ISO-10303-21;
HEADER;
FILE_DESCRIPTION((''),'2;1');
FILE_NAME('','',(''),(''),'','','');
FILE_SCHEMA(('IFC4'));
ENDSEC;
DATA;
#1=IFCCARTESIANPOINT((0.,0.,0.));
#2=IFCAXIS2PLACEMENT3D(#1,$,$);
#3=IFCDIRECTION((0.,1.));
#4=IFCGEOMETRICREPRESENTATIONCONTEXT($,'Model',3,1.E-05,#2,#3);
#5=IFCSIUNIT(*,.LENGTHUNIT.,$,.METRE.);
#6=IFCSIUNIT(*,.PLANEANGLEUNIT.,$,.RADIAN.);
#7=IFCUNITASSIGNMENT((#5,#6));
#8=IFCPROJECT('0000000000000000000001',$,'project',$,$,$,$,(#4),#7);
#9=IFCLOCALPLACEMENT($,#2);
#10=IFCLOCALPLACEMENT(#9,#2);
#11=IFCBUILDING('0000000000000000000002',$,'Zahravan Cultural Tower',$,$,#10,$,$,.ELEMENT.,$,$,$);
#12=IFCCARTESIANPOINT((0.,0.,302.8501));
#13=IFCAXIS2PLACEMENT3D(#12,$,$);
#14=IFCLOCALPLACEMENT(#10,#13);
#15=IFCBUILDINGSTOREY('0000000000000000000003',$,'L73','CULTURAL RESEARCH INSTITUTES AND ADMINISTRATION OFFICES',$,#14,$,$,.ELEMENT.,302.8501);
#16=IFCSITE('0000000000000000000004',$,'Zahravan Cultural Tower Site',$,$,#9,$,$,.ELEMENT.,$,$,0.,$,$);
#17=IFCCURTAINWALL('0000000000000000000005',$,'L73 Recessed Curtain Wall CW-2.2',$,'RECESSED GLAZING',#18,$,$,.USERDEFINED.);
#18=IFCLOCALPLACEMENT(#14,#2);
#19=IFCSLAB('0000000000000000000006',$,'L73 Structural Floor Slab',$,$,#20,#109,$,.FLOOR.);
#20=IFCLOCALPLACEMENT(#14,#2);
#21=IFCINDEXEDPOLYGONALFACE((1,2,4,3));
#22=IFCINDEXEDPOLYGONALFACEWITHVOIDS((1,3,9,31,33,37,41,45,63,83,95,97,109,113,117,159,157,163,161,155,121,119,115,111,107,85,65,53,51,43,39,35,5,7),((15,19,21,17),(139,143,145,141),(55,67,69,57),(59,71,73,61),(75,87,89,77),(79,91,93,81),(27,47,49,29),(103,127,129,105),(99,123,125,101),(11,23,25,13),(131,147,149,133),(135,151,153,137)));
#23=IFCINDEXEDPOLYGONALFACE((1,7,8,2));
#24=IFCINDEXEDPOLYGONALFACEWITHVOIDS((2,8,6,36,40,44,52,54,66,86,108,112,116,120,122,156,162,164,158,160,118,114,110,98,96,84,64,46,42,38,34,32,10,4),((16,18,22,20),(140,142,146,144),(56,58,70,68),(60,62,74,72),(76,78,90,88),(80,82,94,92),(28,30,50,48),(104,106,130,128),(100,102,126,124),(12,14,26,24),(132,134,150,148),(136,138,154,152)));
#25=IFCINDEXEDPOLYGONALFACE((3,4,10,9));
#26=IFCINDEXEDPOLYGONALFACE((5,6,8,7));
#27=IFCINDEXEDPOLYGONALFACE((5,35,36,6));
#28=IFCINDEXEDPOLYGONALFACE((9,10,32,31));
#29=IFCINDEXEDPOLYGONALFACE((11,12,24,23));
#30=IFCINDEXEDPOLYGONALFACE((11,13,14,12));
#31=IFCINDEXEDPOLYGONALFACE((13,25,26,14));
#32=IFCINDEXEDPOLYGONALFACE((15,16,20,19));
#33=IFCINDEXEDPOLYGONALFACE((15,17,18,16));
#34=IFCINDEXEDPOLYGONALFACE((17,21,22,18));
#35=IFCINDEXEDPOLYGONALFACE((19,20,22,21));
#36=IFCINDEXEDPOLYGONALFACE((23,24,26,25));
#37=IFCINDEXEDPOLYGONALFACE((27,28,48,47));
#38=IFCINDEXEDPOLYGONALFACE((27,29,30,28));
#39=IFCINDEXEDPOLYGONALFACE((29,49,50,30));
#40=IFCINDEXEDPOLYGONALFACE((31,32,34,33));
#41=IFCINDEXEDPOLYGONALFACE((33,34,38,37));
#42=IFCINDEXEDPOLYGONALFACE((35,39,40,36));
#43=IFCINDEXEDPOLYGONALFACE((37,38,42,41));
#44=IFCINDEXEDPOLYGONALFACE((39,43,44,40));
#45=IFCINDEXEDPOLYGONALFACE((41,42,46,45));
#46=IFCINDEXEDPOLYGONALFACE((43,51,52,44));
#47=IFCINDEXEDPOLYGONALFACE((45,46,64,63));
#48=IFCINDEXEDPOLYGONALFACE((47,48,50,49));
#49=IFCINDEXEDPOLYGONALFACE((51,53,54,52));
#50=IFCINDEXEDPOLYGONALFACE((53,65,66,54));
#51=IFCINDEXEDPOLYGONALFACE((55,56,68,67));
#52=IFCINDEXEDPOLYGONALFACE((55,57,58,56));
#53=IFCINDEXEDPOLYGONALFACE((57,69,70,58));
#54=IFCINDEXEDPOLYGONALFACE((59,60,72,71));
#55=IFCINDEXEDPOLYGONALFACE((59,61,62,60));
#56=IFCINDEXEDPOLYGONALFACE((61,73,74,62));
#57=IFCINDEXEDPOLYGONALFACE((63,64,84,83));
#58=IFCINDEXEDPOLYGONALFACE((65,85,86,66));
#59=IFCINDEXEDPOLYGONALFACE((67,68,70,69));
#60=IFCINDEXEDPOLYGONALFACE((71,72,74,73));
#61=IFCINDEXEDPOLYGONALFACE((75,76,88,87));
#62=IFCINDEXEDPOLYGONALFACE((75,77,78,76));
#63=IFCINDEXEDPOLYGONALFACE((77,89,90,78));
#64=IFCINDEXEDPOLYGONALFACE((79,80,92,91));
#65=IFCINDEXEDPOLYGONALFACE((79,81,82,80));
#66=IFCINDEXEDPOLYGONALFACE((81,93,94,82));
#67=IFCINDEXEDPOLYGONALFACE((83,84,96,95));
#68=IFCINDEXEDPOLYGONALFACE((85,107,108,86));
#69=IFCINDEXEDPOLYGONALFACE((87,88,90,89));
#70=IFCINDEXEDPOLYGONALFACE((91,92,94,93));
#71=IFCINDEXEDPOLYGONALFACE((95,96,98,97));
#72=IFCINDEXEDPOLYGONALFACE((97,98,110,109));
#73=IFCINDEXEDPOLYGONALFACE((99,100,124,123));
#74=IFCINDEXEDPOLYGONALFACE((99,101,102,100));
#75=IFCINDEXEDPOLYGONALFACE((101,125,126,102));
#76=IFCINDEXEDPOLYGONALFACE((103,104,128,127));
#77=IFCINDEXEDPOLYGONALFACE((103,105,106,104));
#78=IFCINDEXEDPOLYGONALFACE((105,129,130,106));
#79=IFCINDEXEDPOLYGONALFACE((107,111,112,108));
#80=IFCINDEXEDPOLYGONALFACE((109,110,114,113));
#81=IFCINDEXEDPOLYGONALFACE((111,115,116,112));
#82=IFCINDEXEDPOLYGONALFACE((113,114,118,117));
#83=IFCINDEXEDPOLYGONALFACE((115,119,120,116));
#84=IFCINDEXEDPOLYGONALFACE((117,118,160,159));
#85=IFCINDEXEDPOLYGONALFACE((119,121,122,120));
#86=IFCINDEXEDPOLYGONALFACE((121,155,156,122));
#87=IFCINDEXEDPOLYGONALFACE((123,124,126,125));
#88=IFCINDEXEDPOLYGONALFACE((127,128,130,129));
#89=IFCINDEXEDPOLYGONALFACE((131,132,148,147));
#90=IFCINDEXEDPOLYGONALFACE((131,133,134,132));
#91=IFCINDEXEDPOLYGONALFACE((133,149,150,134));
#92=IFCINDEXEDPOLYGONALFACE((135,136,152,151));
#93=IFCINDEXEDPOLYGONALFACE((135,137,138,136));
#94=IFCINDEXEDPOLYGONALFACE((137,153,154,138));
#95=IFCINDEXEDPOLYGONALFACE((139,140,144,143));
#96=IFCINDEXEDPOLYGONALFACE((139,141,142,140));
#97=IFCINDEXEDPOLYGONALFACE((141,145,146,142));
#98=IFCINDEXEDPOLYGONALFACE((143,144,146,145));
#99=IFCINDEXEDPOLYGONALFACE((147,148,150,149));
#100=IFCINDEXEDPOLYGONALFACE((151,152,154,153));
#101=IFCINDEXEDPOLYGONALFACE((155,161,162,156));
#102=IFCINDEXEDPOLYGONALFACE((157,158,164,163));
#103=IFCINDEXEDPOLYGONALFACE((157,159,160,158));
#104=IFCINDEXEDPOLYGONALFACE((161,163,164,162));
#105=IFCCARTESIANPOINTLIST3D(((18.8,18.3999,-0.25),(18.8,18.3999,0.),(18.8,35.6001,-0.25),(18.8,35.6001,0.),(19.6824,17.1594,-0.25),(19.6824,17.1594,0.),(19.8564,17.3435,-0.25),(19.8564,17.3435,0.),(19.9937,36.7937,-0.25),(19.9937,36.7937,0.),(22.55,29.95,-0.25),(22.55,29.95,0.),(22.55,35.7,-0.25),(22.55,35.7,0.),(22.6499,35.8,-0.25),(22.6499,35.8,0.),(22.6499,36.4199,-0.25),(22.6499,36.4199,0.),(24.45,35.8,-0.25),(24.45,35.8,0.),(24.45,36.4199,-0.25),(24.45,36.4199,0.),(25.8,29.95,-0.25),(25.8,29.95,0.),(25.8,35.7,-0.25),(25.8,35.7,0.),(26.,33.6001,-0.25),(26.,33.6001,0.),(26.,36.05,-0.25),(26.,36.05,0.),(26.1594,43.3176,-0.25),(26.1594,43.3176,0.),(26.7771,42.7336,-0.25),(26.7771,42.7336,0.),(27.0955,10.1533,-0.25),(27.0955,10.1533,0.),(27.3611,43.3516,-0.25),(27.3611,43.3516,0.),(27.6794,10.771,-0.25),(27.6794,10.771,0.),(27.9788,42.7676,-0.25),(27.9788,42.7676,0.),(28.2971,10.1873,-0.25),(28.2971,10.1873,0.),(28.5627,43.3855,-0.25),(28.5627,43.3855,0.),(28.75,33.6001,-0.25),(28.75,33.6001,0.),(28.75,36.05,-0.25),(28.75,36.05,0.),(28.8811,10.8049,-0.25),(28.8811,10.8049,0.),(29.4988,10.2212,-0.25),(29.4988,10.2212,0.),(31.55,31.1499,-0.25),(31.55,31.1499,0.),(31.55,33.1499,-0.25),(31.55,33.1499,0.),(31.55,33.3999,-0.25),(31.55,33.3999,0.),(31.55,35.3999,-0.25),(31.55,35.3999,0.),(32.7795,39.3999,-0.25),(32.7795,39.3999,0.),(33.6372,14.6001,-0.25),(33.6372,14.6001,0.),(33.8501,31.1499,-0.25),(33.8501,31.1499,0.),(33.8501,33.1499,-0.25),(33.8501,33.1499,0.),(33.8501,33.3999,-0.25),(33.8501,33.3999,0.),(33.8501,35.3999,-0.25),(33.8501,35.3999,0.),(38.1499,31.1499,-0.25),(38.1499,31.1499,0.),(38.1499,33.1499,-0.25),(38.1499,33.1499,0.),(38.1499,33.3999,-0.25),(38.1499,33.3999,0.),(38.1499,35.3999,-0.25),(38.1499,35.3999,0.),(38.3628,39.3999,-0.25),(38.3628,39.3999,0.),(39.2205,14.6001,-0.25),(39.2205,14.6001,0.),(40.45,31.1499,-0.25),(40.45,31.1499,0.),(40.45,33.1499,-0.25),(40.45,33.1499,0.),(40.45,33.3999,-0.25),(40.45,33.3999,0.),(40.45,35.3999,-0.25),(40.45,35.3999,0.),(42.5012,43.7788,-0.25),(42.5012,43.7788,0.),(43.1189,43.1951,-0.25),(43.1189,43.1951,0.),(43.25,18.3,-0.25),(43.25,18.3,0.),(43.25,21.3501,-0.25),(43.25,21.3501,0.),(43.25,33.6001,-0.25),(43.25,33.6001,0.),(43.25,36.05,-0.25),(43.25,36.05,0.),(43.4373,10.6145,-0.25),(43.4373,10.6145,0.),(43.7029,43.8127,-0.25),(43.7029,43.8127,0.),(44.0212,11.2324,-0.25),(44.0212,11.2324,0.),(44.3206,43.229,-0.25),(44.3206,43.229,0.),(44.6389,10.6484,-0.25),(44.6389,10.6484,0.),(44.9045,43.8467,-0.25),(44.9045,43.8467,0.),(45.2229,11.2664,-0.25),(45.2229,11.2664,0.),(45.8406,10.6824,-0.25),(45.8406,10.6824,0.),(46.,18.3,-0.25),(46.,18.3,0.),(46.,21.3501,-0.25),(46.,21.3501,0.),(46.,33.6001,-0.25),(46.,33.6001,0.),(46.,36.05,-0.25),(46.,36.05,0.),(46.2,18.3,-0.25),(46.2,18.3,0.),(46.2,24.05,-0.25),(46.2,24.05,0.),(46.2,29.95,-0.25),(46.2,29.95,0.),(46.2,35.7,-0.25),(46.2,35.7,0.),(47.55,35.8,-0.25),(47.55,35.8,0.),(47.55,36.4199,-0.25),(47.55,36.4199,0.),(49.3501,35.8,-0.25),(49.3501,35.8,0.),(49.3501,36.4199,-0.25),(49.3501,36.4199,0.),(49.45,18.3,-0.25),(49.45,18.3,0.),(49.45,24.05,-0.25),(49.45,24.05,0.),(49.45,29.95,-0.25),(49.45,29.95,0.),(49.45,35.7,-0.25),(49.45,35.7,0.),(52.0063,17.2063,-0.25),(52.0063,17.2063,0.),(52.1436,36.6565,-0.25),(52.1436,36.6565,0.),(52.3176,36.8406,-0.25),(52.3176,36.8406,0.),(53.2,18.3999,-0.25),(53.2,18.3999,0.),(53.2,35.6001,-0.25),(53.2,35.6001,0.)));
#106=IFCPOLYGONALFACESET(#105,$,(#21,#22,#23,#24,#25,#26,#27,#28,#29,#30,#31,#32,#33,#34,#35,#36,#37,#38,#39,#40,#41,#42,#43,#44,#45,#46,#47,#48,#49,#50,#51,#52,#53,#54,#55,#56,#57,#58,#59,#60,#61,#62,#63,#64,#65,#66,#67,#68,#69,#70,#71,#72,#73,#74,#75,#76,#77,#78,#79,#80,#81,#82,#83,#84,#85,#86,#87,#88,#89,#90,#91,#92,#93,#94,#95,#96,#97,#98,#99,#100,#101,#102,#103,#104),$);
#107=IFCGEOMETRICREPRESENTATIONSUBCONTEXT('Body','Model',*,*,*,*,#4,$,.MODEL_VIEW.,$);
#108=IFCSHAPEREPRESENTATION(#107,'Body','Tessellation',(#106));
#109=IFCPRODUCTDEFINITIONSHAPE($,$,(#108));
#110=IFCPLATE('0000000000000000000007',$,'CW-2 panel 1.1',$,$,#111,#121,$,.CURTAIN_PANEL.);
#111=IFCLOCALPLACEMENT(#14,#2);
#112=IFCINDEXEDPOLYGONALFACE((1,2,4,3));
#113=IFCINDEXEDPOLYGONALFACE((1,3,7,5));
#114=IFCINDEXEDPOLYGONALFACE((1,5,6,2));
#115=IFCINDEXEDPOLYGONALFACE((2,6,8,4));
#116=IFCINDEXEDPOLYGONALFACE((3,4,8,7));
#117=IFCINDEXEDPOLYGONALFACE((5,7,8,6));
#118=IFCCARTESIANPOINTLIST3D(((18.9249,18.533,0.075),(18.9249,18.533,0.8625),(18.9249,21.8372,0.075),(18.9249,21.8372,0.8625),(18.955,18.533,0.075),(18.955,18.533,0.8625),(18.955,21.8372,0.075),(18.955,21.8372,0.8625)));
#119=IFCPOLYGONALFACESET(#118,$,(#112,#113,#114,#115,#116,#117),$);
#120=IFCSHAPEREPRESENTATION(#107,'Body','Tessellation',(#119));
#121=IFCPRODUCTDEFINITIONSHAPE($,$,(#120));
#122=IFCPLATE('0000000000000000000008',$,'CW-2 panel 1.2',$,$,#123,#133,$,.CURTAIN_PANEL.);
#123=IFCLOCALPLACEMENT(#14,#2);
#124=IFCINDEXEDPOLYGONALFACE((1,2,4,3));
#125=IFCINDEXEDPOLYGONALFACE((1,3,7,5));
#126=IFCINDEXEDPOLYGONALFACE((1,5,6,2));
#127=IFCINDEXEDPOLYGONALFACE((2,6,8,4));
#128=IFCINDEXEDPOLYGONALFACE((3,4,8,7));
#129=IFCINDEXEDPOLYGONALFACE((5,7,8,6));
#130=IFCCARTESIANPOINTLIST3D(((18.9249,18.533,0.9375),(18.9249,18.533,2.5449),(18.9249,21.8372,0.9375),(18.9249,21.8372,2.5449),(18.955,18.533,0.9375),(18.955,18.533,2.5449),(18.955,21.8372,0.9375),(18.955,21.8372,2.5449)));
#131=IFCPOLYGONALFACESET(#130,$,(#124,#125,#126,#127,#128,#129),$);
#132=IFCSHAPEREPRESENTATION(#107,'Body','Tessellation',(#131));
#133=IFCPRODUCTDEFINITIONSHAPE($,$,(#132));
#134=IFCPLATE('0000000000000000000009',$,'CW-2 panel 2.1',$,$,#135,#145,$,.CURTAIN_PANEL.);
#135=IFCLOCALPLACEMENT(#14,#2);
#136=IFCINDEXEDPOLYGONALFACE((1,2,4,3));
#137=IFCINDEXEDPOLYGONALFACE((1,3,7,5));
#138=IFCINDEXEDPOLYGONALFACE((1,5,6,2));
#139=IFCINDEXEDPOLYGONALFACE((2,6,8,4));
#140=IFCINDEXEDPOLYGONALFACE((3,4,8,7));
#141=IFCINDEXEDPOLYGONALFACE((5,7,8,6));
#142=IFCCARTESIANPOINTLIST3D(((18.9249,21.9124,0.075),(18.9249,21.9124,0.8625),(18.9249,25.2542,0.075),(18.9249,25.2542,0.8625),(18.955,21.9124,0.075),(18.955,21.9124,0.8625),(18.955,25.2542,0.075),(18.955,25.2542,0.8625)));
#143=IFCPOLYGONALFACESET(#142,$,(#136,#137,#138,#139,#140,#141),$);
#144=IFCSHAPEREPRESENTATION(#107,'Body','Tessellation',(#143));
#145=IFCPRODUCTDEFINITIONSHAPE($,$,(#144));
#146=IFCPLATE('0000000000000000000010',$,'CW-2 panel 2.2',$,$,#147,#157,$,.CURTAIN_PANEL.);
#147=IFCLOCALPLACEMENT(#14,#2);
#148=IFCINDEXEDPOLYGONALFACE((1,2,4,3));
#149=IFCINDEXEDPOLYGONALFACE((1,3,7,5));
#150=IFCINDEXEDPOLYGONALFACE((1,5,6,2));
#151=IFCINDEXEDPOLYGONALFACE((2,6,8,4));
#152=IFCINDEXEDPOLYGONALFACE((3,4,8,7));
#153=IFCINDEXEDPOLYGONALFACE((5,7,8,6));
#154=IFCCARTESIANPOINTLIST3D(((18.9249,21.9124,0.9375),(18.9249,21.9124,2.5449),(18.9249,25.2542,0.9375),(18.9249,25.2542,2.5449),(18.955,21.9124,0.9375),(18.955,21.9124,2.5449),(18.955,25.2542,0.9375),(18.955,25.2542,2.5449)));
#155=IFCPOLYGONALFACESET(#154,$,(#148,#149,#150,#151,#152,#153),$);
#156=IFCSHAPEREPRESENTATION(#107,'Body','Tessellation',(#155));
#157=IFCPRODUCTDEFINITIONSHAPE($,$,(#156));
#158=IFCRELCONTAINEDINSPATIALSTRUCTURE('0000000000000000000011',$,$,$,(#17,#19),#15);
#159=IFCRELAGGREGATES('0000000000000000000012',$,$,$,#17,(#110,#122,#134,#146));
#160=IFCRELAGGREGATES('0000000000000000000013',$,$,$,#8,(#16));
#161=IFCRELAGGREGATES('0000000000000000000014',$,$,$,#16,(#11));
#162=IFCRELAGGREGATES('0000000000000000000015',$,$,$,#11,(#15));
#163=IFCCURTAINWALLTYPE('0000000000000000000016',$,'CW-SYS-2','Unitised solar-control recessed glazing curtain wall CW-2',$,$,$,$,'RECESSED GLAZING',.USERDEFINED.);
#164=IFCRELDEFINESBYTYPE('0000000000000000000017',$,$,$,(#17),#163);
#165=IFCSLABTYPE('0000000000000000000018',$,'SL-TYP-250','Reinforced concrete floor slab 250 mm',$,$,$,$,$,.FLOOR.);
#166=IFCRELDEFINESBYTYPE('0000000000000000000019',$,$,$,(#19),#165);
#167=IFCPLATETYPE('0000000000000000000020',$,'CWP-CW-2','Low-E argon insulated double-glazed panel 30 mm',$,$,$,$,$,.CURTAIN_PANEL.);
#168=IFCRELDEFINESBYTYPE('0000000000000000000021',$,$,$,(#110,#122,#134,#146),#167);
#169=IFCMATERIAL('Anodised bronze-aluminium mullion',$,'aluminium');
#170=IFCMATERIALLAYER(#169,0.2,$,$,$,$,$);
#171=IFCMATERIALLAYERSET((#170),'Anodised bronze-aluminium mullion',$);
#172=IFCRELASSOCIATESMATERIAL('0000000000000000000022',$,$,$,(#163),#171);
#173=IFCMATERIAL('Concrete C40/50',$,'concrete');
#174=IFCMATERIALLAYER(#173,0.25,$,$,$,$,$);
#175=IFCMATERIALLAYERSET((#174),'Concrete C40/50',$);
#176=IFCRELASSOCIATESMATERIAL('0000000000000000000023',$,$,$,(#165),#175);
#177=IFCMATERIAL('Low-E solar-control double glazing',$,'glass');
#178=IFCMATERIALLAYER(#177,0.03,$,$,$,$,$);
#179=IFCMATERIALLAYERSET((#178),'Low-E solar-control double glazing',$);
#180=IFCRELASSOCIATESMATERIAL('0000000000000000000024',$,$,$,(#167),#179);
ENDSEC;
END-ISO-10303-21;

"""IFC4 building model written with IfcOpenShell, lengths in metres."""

from ifc_helpers import new_model, si_unit, direction, frame, origin, origin_2d, place, context, subcontext, project, spatial, polyline, rectangle, outline, extrude, source, transform, mapped, material, layer, layer_set, type_object, element, aggregate, save


model = new_model("IFC4")

# Units and contexts
model_context = context("Model", 3, precision=1e-05, world=origin(), true_north=direction((0.0, 1.0)))
body_context = subcontext(model_context, "Body", "Model", "MODEL_VIEW")
ifc_project = project(units=[si_unit("LENGTHUNIT", "METRE"), si_unit("PLANEANGLEUNIT", "RADIAN")], contexts=[model_context])

# Site, building, storey
site_placement = place(None, origin())
site = spatial("IfcSite", under=ifc_project, at=site_placement, Name="Zahravan Cultural Tower Site", CompositionType="ELEMENT", RefElevation=0.0)
building_placement = place(site_placement, origin())
building = spatial("IfcBuilding", under=site, at=building_placement, Name="Zahravan Cultural Tower", CompositionType="ELEMENT")
storey_placement = place(building_placement, frame((0.0, 0.0, 302.8501)))
storey = spatial("IfcBuildingStorey", under=building, at=storey_placement, Name="L73", Description="CULTURAL RESEARCH INSTITUTES AND ADMINISTRATION OFFICES", CompositionType="ELEMENT", Elevation=302.8501)

# Curtain wall
ifc_material_1 = material(Name="Anodised bronze-aluminium mullion", Category="aluminium")
ifc_layer_1 = layer(ifc_material_1, 0.2)
ifc_layer_set_1 = layer_set([ifc_layer_1], Name="Anodised bronze-aluminium mullion")
curtain_wall_type = type_object("IfcCurtainWallType", Name="CW-SYS-2", Description="Unitised solar-control recessed glazing curtain wall CW-2", ElementType="RECESSED GLAZING", PredefinedType="USERDEFINED", material=ifc_layer_set_1)
curtain_wall_placement = place(storey_placement, origin())
curtain_wall = element("IfcCurtainWall", 1, at=curtain_wall_placement, inside=storey, type_object=curtain_wall_type, Name="L73 Recessed Curtain Wall CW-2.2", ObjectType="RECESSED GLAZING", PredefinedType="USERDEFINED")

# Slab
ifc_material_2 = material(Name="Concrete C40/50", Category="concrete")
ifc_layer_2 = layer(ifc_material_2, 0.25)
ifc_layer_set_2 = layer_set([ifc_layer_2], Name="Concrete C40/50")
slab_type_1 = type_object("IfcSlabType", Name="SL-TYP-250", Description="Reinforced concrete floor slab 250 mm", PredefinedType="FLOOR", material=ifc_layer_set_2)
slab_1_placement = place(storey_placement, frame((0.0, 0.0, -0.25)))
element("IfcSlab", 2, at=slab_1_placement, inside=storey, type_object=slab_type_1, Name="L73 Structural Floor Slab", PredefinedType="FLOOR", context=body_context, shape_type="SweptSolid", body=[
    extrude(outline(polyline([(38.3628, 39.3999), (32.7795, 39.3999), (28.5627, 43.3855), (27.9788, 42.7676), (27.3611, 43.3516), (26.7771, 42.7336), (26.1594, 43.3176), (19.9937, 36.7937), (18.8, 35.6001), (18.8, 18.3999), (19.8564, 17.3435), (19.6824, 17.1594), (27.0955, 10.1533), (27.6794, 10.771), (28.2971, 10.1873), (28.8811, 10.8049), (29.4988, 10.2212), (33.6372, 14.6001), (39.2205, 14.6001), (43.4373, 10.6145), (44.0212, 11.2324), (44.6389, 10.6484), (45.2229, 11.2664), (45.8406, 10.6824), (52.0063, 17.2063), (53.2, 18.3999), (53.2, 35.6001), (52.1436, 36.6565), (52.3176, 36.8406), (44.9045, 43.8467), (44.3206, 43.229), (43.7029, 43.8127), (43.1189, 43.1951), (42.5012, 43.7788), (38.3628, 39.3999)]), holes=[polyline([(22.55, 29.95), (22.55, 35.7), (25.8, 35.7), (25.8, 29.95), (22.55, 29.95)]), polyline([(46.2, 29.95), (46.2, 35.7), (49.45, 35.7), (49.45, 29.95), (46.2, 29.95)]), polyline([(46.2, 18.3), (46.2, 24.05), (49.45, 24.05), (49.45, 18.3), (46.2, 18.3)]), polyline([(26.0, 33.6001), (26.0, 36.05), (28.75, 36.05), (28.75, 33.6001), (26.0, 33.6001)]), polyline([(43.25, 33.6001), (43.25, 36.05), (46.0, 36.05), (46.0, 33.6001), (43.25, 33.6001)]), polyline([(43.25, 18.3), (43.25, 21.3501), (46.0, 21.3501), (46.0, 18.3), (43.25, 18.3)]), polyline([(31.55, 33.3999), (31.55, 35.3999), (33.8501, 35.3999), (33.8501, 33.3999), (31.55, 33.3999)]), polyline([(31.55, 31.1499), (31.55, 33.1499), (33.8501, 33.1499), (33.8501, 31.1499), (31.55, 31.1499)]), polyline([(38.1499, 33.3999), (38.1499, 35.3999), (40.45, 35.3999), (40.45, 33.3999), (38.1499, 33.3999)]), polyline([(38.1499, 31.1499), (38.1499, 33.1499), (40.45, 33.1499), (40.45, 31.1499), (38.1499, 31.1499)]), polyline([(22.6499, 35.8), (22.6499, 36.4199), (24.45, 36.4199), (24.45, 35.8), (22.6499, 35.8)]), polyline([(47.55, 35.8), (47.55, 36.4199), (49.3501, 36.4199), (49.3501, 35.8), (47.55, 35.8)])]), origin(), (0.0, 0.0, 1.0), 0.25),
])

# Plates
ifc_material_3 = material(Name="Low-E solar-control double glazing", Category="glass")
ifc_layer_3 = layer(ifc_material_3, 0.03)
ifc_layer_set_3 = layer_set([ifc_layer_3], Name="Low-E solar-control double glazing")
plate_type = type_object("IfcPlateType", Name="CWP-CW-2", Description="Low-E argon insulated double-glazed panel 30 mm", PredefinedType="CURTAIN_PANEL", material=ifc_layer_set_3)
shared_shape_1 = source(origin(), body_context, "Body", "SweptSolid", [
    extrude(rectangle(XDim=3.3042, YDim=0.03, at=origin_2d()), origin(), (0.0, 0.0, 1.0), 0.7876),
])
plate_1_placement = place(storey_placement, frame((18.9399, 20.1851, 0.075), z_axis=(0.0, 0.0, 1.0), x_axis=(0.0, 1.0, 0.0)))
plate_1 = element("IfcPlate", 3, at=plate_1_placement, type_object=plate_type, Name="CW-2 panel 1.1", PredefinedType="CURTAIN_PANEL", context=body_context, shape_type="MappedRepresentation", body=[
    mapped(shared_shape_1, transform((0.0, 0.0, 0.0), x_axis=(1.0, 0.0, 0.0), y_axis=(0.0, 1.0, 0.0), z_axis=(0.0, 0.0, 1.0), scale=1.0)),
])
shared_shape_2 = source(origin(), body_context, "Body", "SweptSolid", [
    extrude(rectangle(XDim=3.3042, YDim=0.03, at=origin_2d()), origin(), (0.0, 0.0, 1.0), 1.6074),
])
plate_2_placement = place(storey_placement, frame((18.9399, 20.1851, 0.9375), z_axis=(0.0, 0.0, 1.0), x_axis=(0.0, 1.0, 0.0)))
plate_2 = element("IfcPlate", 4, at=plate_2_placement, type_object=plate_type, Name="CW-2 panel 1.2", PredefinedType="CURTAIN_PANEL", context=body_context, shape_type="MappedRepresentation", body=[
    mapped(shared_shape_2, transform((0.0, 0.0, 0.0), x_axis=(1.0, 0.0, 0.0), y_axis=(0.0, 1.0, 0.0), z_axis=(0.0, 0.0, 1.0), scale=1.0)),
])
shared_shape_3 = source(origin(), body_context, "Body", "SweptSolid", [
    extrude(rectangle(XDim=3.3418, YDim=0.03, at=origin_2d()), origin(), (0.0, 0.0, 1.0), 0.7876),
])
plate_3_placement = place(storey_placement, frame((18.9399, 23.5833, 0.075), z_axis=(0.0, 0.0, 1.0), x_axis=(0.0, 1.0, 0.0)))
plate_3 = element("IfcPlate", 5, at=plate_3_placement, type_object=plate_type, Name="CW-2 panel 2.1", PredefinedType="CURTAIN_PANEL", context=body_context, shape_type="MappedRepresentation", body=[
    mapped(shared_shape_3, transform((0.0, 0.0, 0.0), x_axis=(1.0, 0.0, 0.0), y_axis=(0.0, 1.0, 0.0), z_axis=(0.0, 0.0, 1.0), scale=1.0)),
])
shared_shape_4 = source(origin(), body_context, "Body", "SweptSolid", [
    extrude(rectangle(XDim=3.3418, YDim=0.03, at=origin_2d()), origin(), (0.0, 0.0, 1.0), 1.6074),
])
plate_4_placement = place(storey_placement, frame((18.9399, 23.5833, 0.9375), z_axis=(0.0, 0.0, 1.0), x_axis=(0.0, 1.0, 0.0)))
plate_4 = element("IfcPlate", 6, at=plate_4_placement, type_object=plate_type, Name="CW-2 panel 2.2", PredefinedType="CURTAIN_PANEL", context=body_context, shape_type="MappedRepresentation", body=[
    mapped(shared_shape_4, transform((0.0, 0.0, 0.0), x_axis=(1.0, 0.0, 0.0), y_axis=(0.0, 1.0, 0.0), z_axis=(0.0, 0.0, 1.0), scale=1.0)),
])
aggregate(curtain_wall, [plate_1, plate_2, plate_3, plate_4])

save(model, "model.ifc")
